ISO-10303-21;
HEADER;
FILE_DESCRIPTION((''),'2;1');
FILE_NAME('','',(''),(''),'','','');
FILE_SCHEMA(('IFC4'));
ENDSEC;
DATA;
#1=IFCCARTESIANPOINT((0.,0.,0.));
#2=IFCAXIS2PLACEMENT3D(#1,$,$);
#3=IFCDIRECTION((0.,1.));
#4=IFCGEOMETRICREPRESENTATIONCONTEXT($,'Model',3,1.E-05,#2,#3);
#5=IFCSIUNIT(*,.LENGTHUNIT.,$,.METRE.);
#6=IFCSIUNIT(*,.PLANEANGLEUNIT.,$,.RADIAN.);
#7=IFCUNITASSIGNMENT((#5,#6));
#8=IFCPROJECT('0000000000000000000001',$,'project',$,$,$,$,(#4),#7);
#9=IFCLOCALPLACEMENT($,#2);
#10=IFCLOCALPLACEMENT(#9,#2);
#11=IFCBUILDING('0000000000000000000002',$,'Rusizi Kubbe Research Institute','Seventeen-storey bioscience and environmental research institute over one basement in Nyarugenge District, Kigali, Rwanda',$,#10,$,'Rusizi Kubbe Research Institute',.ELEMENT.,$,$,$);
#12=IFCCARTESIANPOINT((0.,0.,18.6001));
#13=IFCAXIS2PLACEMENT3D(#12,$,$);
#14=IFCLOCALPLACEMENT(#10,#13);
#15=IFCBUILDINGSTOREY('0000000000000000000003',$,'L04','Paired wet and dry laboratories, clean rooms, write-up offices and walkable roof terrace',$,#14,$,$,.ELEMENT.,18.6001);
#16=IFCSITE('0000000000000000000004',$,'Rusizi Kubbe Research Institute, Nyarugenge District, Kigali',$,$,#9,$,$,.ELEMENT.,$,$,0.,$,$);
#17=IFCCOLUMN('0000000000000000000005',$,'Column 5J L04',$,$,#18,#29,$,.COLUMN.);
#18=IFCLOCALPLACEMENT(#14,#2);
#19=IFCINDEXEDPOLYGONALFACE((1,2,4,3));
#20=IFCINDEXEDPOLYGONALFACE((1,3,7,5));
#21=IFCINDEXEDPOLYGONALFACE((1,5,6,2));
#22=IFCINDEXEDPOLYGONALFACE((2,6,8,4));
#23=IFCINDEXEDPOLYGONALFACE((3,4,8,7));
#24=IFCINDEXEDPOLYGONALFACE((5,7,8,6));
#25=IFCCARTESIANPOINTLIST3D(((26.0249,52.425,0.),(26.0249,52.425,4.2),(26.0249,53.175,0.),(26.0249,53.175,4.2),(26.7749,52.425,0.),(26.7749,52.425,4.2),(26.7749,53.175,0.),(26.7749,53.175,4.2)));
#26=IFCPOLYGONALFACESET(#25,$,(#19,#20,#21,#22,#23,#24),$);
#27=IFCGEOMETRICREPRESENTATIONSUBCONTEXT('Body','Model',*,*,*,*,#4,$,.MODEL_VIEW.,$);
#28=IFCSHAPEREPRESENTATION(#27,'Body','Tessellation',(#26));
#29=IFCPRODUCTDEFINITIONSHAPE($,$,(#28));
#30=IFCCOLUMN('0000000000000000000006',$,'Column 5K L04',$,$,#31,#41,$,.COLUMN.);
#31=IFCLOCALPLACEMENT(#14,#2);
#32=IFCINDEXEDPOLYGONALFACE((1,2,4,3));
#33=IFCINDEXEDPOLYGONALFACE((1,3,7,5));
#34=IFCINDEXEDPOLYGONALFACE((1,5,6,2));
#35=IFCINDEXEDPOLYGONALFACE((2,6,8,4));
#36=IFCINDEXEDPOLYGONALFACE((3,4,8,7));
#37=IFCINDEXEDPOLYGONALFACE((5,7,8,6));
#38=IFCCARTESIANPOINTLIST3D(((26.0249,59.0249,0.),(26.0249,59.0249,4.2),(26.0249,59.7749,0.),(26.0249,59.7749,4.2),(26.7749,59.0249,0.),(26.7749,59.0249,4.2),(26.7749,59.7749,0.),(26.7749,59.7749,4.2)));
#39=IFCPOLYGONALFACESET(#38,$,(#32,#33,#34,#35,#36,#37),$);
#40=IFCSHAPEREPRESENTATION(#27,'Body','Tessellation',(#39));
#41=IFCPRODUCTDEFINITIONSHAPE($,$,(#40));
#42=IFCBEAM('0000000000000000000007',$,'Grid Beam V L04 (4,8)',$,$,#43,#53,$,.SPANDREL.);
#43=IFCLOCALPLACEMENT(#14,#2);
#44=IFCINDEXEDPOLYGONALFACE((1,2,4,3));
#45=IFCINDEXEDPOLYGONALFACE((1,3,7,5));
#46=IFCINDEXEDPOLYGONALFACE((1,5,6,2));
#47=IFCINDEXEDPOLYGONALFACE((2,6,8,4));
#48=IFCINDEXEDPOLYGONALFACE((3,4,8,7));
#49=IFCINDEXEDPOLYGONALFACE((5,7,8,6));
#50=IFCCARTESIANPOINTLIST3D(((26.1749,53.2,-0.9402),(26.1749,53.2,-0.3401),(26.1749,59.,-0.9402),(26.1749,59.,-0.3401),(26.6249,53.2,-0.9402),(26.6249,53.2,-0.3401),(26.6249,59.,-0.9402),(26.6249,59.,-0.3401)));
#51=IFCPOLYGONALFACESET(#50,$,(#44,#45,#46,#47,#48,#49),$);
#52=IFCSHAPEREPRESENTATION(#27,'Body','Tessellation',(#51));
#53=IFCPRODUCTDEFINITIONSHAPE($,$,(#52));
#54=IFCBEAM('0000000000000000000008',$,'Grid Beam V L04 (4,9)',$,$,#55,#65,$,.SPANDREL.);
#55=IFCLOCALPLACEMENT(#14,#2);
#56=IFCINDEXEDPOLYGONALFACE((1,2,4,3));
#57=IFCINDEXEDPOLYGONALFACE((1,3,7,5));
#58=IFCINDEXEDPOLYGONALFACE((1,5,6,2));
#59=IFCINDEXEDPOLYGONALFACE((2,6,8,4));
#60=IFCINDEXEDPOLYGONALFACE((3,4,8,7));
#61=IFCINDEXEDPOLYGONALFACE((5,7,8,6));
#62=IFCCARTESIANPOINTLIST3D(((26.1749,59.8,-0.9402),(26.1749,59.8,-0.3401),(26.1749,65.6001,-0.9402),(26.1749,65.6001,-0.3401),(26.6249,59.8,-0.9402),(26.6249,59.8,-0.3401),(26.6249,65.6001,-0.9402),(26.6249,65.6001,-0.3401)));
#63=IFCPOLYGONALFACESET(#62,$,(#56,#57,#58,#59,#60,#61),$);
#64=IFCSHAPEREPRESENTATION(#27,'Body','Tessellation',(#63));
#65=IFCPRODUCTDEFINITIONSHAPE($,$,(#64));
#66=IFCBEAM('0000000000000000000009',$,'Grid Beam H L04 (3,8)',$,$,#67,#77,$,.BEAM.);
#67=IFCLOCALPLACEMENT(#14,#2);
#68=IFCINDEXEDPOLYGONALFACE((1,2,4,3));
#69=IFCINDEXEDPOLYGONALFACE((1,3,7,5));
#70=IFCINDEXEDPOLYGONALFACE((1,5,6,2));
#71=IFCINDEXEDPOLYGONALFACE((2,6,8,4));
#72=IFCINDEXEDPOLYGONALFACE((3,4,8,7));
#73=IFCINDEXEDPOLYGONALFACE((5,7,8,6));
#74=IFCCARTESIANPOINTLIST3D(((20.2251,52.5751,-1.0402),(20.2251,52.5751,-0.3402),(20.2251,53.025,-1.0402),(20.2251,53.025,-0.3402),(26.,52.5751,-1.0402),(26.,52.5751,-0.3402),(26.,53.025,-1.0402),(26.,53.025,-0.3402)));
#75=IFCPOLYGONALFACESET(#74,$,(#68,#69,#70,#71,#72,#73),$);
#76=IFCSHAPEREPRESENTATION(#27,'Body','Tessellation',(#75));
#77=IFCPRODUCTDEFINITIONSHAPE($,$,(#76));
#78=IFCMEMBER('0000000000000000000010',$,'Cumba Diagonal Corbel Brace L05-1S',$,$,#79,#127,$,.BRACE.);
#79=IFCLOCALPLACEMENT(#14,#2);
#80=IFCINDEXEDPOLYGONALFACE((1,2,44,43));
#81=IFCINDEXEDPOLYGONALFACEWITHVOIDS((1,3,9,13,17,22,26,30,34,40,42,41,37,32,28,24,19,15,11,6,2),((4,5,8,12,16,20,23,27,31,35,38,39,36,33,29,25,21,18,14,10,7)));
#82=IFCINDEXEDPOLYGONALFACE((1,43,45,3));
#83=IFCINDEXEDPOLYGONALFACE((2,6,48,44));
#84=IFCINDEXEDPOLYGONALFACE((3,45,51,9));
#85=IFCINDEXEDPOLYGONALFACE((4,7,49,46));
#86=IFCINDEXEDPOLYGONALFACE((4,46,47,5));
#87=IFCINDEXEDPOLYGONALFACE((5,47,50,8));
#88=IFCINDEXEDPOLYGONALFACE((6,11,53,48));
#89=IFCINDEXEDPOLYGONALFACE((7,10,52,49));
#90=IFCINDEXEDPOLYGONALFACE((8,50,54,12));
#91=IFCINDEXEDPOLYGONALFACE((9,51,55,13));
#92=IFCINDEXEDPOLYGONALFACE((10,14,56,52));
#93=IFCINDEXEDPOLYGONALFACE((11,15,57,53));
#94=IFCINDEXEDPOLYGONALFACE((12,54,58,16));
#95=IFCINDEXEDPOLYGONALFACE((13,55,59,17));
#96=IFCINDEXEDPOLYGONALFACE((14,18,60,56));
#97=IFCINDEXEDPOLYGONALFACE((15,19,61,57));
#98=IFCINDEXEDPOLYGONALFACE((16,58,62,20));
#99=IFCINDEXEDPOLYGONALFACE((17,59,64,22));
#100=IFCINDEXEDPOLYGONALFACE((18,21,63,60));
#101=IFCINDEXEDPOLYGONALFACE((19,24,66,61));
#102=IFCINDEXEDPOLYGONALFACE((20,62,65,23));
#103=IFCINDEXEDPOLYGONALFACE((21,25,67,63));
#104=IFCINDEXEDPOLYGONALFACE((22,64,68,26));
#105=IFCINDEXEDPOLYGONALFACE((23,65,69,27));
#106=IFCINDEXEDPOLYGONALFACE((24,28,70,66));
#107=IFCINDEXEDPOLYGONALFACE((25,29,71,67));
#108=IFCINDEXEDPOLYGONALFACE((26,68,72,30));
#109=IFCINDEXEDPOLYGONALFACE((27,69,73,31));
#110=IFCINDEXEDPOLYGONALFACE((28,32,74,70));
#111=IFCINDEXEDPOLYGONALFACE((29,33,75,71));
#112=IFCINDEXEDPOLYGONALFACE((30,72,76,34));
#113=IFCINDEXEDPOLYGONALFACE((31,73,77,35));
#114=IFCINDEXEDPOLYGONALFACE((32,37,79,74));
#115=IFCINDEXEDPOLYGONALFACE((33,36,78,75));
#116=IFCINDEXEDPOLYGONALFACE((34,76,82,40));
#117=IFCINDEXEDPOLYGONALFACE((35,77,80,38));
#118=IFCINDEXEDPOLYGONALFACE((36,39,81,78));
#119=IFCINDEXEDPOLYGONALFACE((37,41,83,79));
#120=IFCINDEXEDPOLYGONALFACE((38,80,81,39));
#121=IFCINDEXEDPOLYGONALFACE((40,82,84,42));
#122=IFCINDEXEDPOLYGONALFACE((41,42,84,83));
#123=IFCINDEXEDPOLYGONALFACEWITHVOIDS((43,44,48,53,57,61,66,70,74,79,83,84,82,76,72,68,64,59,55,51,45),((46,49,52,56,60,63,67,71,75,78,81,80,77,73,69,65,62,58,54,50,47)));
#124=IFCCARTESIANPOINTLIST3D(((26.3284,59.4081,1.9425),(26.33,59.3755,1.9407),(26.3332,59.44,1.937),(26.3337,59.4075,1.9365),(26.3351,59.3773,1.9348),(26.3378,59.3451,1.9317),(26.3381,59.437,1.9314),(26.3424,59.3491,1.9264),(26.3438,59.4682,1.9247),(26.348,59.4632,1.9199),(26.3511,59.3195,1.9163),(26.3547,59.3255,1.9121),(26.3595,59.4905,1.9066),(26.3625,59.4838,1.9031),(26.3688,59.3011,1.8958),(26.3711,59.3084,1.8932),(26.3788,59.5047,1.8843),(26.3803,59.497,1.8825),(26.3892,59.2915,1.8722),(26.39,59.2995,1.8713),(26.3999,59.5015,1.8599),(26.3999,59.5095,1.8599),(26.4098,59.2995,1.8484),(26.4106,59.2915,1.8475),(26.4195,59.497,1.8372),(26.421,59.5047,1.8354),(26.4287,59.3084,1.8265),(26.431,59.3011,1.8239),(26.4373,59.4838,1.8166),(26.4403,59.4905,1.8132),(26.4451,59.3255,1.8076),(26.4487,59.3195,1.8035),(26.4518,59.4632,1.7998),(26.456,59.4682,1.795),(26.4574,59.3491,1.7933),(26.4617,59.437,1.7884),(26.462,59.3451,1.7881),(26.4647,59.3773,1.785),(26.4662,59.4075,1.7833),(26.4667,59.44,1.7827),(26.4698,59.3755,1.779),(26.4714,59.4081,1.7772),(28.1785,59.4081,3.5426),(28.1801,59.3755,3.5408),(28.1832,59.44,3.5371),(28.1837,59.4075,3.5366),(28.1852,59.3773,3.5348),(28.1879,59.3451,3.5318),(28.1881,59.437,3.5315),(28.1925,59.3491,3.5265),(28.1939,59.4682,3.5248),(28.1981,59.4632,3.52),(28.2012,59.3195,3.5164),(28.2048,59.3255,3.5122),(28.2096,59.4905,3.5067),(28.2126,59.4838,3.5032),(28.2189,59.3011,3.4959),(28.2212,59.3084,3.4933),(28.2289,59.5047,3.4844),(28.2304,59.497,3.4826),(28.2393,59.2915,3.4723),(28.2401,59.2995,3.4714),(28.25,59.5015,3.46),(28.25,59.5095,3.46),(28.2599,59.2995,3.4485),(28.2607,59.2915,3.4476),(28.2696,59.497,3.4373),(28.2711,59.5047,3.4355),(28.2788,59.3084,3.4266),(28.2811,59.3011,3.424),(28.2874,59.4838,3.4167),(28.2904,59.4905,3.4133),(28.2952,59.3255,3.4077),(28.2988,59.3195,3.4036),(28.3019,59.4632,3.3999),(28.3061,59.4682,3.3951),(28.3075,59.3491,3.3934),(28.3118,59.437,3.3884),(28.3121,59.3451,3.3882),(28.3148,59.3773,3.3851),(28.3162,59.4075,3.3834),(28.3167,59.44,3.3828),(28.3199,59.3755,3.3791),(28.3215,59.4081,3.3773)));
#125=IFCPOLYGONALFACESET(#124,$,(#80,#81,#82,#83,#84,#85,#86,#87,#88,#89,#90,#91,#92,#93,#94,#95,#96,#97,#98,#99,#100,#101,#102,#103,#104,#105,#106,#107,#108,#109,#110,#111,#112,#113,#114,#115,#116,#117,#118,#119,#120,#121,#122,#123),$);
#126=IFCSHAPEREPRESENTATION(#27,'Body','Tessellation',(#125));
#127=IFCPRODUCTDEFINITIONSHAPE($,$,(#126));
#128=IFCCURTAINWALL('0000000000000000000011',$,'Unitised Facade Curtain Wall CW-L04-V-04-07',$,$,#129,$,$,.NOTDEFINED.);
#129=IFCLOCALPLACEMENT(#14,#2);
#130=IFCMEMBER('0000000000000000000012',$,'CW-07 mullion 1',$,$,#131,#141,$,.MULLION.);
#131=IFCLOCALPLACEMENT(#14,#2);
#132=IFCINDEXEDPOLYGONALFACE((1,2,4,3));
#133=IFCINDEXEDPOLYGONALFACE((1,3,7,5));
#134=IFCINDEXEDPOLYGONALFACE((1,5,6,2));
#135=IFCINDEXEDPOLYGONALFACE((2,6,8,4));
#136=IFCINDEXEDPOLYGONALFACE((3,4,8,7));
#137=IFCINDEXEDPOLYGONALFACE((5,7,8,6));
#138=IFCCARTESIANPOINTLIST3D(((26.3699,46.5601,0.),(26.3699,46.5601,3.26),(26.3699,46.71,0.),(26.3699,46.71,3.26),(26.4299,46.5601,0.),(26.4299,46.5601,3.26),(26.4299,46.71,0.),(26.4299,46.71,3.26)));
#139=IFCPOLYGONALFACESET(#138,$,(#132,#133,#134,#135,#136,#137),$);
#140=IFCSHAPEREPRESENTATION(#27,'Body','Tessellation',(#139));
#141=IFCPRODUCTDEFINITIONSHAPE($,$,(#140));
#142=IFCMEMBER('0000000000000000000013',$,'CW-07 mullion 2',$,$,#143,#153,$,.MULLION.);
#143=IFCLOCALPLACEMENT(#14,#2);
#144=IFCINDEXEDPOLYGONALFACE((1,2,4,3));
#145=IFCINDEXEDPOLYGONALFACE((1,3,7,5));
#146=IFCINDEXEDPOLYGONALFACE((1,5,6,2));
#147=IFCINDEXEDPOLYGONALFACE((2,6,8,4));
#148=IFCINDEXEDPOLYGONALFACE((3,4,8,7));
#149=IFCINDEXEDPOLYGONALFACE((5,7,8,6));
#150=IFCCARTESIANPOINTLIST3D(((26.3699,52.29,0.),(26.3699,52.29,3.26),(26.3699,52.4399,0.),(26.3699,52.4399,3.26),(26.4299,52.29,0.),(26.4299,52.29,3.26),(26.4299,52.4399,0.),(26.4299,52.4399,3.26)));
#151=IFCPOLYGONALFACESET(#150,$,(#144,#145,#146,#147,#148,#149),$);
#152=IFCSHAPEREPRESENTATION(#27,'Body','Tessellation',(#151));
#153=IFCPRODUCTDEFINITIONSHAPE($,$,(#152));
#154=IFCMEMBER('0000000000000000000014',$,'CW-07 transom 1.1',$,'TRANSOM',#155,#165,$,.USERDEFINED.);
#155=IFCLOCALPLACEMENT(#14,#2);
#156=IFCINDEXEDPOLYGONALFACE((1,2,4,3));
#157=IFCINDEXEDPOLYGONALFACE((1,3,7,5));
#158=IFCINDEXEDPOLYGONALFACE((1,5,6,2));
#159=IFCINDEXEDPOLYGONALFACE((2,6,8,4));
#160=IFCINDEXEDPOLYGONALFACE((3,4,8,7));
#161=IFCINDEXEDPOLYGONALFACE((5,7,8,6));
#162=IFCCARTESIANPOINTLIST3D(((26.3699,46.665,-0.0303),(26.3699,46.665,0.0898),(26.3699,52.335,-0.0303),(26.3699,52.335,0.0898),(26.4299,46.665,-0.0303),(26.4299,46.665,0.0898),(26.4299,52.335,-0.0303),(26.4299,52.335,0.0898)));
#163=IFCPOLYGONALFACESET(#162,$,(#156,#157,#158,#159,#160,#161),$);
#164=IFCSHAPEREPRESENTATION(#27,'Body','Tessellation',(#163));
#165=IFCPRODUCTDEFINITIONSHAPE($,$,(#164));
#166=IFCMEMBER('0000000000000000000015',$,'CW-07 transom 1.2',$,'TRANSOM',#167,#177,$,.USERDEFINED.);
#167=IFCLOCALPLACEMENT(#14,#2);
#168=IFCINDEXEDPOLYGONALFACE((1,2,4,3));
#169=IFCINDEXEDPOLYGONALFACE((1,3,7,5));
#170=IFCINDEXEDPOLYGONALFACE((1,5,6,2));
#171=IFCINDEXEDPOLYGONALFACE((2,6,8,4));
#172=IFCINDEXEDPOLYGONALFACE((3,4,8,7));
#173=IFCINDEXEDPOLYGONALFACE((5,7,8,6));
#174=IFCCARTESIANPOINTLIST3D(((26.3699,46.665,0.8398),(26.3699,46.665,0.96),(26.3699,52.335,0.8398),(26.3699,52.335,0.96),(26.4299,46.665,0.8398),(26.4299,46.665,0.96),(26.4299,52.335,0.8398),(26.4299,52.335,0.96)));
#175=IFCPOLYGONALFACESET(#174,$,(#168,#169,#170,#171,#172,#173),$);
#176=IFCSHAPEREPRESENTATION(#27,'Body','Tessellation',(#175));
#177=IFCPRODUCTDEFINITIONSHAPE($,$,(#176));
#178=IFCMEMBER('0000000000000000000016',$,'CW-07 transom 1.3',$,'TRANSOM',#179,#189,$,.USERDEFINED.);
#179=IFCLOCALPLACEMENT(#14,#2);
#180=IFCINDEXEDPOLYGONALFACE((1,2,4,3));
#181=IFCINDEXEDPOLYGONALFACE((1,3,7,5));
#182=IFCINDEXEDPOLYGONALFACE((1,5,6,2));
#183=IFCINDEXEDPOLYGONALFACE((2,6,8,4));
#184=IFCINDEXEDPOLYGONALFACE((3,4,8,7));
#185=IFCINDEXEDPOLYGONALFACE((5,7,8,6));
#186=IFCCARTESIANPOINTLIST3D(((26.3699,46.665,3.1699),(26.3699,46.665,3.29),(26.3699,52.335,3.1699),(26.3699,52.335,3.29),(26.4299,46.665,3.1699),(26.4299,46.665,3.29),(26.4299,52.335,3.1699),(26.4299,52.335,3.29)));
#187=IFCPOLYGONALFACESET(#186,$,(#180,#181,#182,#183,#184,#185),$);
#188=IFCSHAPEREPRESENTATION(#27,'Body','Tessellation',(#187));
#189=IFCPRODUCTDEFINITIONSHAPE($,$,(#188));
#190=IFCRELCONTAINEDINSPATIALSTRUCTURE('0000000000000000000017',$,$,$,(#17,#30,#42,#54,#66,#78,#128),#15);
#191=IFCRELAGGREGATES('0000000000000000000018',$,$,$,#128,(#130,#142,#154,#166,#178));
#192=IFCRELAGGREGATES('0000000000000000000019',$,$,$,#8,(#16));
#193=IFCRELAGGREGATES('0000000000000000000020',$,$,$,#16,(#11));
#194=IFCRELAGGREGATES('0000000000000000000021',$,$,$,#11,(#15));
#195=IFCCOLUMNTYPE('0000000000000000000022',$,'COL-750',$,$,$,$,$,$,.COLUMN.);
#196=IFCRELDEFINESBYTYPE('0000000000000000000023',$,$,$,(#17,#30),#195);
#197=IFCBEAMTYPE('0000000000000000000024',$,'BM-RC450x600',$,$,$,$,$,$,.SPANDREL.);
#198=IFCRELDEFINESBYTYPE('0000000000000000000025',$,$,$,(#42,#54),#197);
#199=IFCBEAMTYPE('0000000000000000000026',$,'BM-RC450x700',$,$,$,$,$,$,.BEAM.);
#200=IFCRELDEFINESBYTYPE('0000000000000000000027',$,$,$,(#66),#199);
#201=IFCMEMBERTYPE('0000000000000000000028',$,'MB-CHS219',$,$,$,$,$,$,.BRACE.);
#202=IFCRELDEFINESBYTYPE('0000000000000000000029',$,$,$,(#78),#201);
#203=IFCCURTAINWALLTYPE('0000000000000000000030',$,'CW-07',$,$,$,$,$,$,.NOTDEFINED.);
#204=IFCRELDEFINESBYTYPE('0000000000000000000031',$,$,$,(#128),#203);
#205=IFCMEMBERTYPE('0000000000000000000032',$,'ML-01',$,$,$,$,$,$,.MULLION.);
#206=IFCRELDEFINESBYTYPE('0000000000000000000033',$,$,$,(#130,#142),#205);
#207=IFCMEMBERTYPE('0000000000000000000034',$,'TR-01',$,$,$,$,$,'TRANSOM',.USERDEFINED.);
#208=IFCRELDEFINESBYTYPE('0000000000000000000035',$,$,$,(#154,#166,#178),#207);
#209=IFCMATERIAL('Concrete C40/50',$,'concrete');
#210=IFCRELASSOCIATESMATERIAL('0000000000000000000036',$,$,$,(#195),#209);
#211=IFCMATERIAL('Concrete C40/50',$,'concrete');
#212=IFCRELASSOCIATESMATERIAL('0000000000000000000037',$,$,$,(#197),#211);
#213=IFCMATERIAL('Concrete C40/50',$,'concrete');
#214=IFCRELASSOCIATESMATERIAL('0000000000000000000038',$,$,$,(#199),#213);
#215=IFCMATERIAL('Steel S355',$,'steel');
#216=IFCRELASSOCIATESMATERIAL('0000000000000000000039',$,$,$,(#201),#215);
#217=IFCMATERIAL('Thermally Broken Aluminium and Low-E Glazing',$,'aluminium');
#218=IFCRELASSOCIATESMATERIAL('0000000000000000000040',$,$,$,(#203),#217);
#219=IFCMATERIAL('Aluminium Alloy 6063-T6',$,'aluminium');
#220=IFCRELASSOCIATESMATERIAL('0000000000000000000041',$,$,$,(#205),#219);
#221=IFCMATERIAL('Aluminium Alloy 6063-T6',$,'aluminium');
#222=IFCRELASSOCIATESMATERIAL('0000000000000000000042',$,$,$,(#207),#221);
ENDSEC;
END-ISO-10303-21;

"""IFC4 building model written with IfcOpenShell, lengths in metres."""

from ifc_helpers import new_model, si_unit, direction, frame, origin, origin_2d, place, context, subcontext, project, spatial, rectangle, hollow_circle, extrude, material, material_profile, profile_set, type_object, element, aggregate, save


model = new_model("IFC4")

# Units and contexts
model_context = context("Model", 3, precision=1e-05, world=origin(), true_north=direction((0.0, 1.0)))
body_context = subcontext(model_context, "Body", "Model", "MODEL_VIEW")
ifc_project = project(units=[si_unit("LENGTHUNIT", "METRE"), si_unit("PLANEANGLEUNIT", "RADIAN")], contexts=[model_context])

# Site, building, storey
site_placement = place(None, origin())
site = spatial("IfcSite", under=ifc_project, at=site_placement, Name="Rusizi Kubbe Research Institute, Nyarugenge District, Kigali", CompositionType="ELEMENT", RefElevation=0.0)
building_placement = place(site_placement, origin())
building = spatial("IfcBuilding", under=site, at=building_placement, Name="Rusizi Kubbe Research Institute", Description="Seventeen-storey bioscience and environmental research institute over one basement in Nyarugenge District, Kigali, Rwanda", LongName="Rusizi Kubbe Research Institute", CompositionType="ELEMENT")
storey_placement = place(building_placement, frame((0.0, 0.0, 18.6001)))
storey = spatial("IfcBuildingStorey", under=building, at=storey_placement, Name="L04", Description="Paired wet and dry laboratories, clean rooms, write-up offices and walkable roof terrace", CompositionType="ELEMENT", Elevation=18.6001)

# Columns
ifc_material_1 = material(Name="Concrete C40/50", Category="concrete")
ifc_material_profile_1 = material_profile(ifc_material_1, rectangle(XDim=0.75, YDim=0.75, at=origin_2d()), Name="RC750x750")
ifc_profile_set_1 = profile_set([ifc_material_profile_1], Name="Concrete C40/50")
column_type = type_object("IfcColumnType", Name="COL-750", PredefinedType="COLUMN", material=ifc_profile_set_1)
for number, where, z_axis, x_axis, name in (
    (1, (26.3999, 52.8, 0.0), (0.0, 0.0, 1.0), (1.0, 0.0, 0.0), "Column 5J L04"),
    (2, (26.3999, 59.3999, 0.0), (0.0, 0.0, 1.0), (1.0, 0.0, 0.0), "Column 5K L04"),
):
    element("IfcColumn", number, at=place(storey_placement, frame(where, z_axis=z_axis, x_axis=x_axis)), inside=storey, type_object=column_type, Name=name, PredefinedType="COLUMN", context=body_context, shape_type="SweptSolid", body=[
        extrude(rectangle(XDim=0.75, YDim=0.75, at=origin_2d()), origin(), (0.0, 0.0, 1.0), 4.2),
    ])

# Beams
ifc_material_2 = material(Name="Concrete C40/50", Category="concrete")
ifc_material_profile_2 = material_profile(ifc_material_2, rectangle(XDim=0.45, YDim=0.6001, at=origin_2d()), Name="RC450x600")
ifc_profile_set_2 = profile_set([ifc_material_profile_2], Name="Concrete C40/50")
beam_type_1 = type_object("IfcBeamType", Name="BM-RC450x600", PredefinedType="SPANDREL", material=ifc_profile_set_2)
for number, where, z_axis, x_axis, name in (
    (3, (26.3999, 53.2, -0.6401), (0.0, 1.0, 0.0), (-1.0, 0.0, 0.0), "Grid Beam V L04 (4,8)"),
    (4, (26.3999, 59.8, -0.6401), (0.0, 1.0, 0.0), (-1.0, 0.0, 0.0), "Grid Beam V L04 (4,9)"),
):
    element("IfcBeam", number, at=place(storey_placement, frame(where, z_axis=z_axis, x_axis=x_axis)), inside=storey, type_object=beam_type_1, Name=name, PredefinedType="SPANDREL", context=body_context, shape_type="SweptSolid", body=[
        extrude(rectangle(XDim=0.45, YDim=0.6001, at=origin_2d()), origin(), (0.0, 0.0, 1.0), 5.8),
    ])
ifc_material_3 = material(Name="Concrete C40/50", Category="concrete")
ifc_material_profile_3 = material_profile(ifc_material_3, rectangle(XDim=0.45, YDim=0.7, at=origin_2d()), Name="RC450x700B")
ifc_profile_set_3 = profile_set([ifc_material_profile_3], Name="Concrete C40/50")
beam_type_2 = type_object("IfcBeamType", Name="BM-RC450x700", PredefinedType="BEAM", material=ifc_profile_set_3)
beam_placement = place(storey_placement, frame((20.2251, 52.8, -0.6902), z_axis=(1.0, 0.0, 0.0), x_axis=(0.0, 1.0, 0.0)))
element("IfcBeam", 5, at=beam_placement, inside=storey, type_object=beam_type_2, Name="Grid Beam H L04 (3,8)", PredefinedType="BEAM", context=body_context, shape_type="SweptSolid", body=[
    extrude(rectangle(XDim=0.45, YDim=0.7, at=origin_2d()), origin(), (0.0, 0.0, 1.0), 5.7749),
])

# Member
ifc_material_4 = material(Name="Steel S355", Category="steel")
ifc_material_profile_4 = material_profile(ifc_material_4, hollow_circle(Radius=0.1096, WallThickness=0.0081, at=origin_2d()), Name="CHS 219.1x8.0")
ifc_profile_set_4 = profile_set([ifc_material_profile_4], Name="Steel S355")
member_type_1 = type_object("IfcMemberType", Name="MB-CHS219", PredefinedType="BRACE", material=ifc_profile_set_4)
member_1_placement = place(storey_placement, frame((26.3999, 59.3999, 1.8599), z_axis=(0.756361, 0.0, 0.654155), x_axis=(0.0, 1.0, 0.0)))
element("IfcMember", 6, at=member_1_placement, inside=storey, type_object=member_type_1, Name="Cumba Diagonal Corbel Brace L05-1S", PredefinedType="BRACE", context=body_context, shape_type="SweptSolid", body=[
    extrude(hollow_circle(Radius=0.1096, WallThickness=0.0081, at=origin_2d()), origin(), (0.0, 0.0, 1.0), 2.446),
])

# Curtain wall, members
ifc_material_5 = material(Name="Thermally Broken Aluminium and Low-E Glazing", Category="aluminium")
curtain_wall_type = type_object("IfcCurtainWallType", Name="CW-07", PredefinedType="NOTDEFINED", material=ifc_material_5)
curtain_wall_placement = place(storey_placement, origin())
curtain_wall = element("IfcCurtainWall", 7, at=curtain_wall_placement, inside=storey, type_object=curtain_wall_type, Name="Unitised Facade Curtain Wall CW-L04-V-04-07", PredefinedType="NOTDEFINED")
ifc_material_6 = material(Name="Aluminium Alloy 6063-T6", Category="aluminium")
ifc_material_profile_5 = material_profile(ifc_material_6, rectangle(XDim=0.0601, YDim=0.1499, at=origin_2d()), Name="ALU-M 60x150")
ifc_profile_set_5 = profile_set([ifc_material_profile_5], Name="Aluminium Alloy 6063-T6")
member_type_2 = type_object("IfcMemberType", Name="ML-01", PredefinedType="MULLION", material=ifc_profile_set_5)
member_2_placement = place(storey_placement, frame((26.3999, 46.635, 0.0), z_axis=(0.0, 0.0, 1.0), x_axis=(-1.0, 0.0, 0.0)))
member_2 = element("IfcMember", 8, at=member_2_placement, type_object=member_type_2, Name="CW-07 mullion 1", PredefinedType="MULLION", context=body_context, shape_type="SweptSolid", body=[
    extrude(rectangle(XDim=0.0601, YDim=0.1499, at=origin_2d()), origin(), (0.0, 0.0, 1.0), 3.26),
])
member_3_placement = place(storey_placement, frame((26.3999, 52.365, 0.0), z_axis=(0.0, 0.0, 1.0), x_axis=(-1.0, 0.0, 0.0)))
member_3 = element("IfcMember", 9, at=member_3_placement, type_object=member_type_2, Name="CW-07 mullion 2", PredefinedType="MULLION", context=body_context, shape_type="SweptSolid", body=[
    extrude(rectangle(XDim=0.0601, YDim=0.1499, at=origin_2d()), origin(), (0.0, 0.0, 1.0), 3.26),
])
ifc_material_7 = material(Name="Aluminium Alloy 6063-T6", Category="aluminium")
ifc_material_profile_6 = material_profile(ifc_material_7, rectangle(XDim=0.0601, YDim=0.1201, at=origin_2d()), Name="ALU-T 60x120")
ifc_profile_set_6 = profile_set([ifc_material_profile_6], Name="Aluminium Alloy 6063-T6")
member_type_3 = type_object("IfcMemberType", Name="TR-01", ElementType="TRANSOM", PredefinedType="USERDEFINED", material=ifc_profile_set_6)
member_4_placement = place(storey_placement, frame((26.3999, 46.665, 0.0298), z_axis=(0.0, 1.0, 0.0), x_axis=(-1.0, 0.0, 0.0)))
member_4 = element("IfcMember", 10, at=member_4_placement, type_object=member_type_3, Name="CW-07 transom 1.1", ObjectType="TRANSOM", PredefinedType="USERDEFINED", context=body_context, shape_type="SweptSolid", body=[
    extrude(rectangle(XDim=0.0601, YDim=0.1201, at=origin_2d()), origin(), (0.0, 0.0, 1.0), 5.6699),
])
member_5_placement = place(storey_placement, frame((26.3999, 46.665, 0.8999), z_axis=(0.0, 1.0, 0.0), x_axis=(-1.0, 0.0, 0.0)))
member_5 = element("IfcMember", 11, at=member_5_placement, type_object=member_type_3, Name="CW-07 transom 1.2", ObjectType="TRANSOM", PredefinedType="USERDEFINED", context=body_context, shape_type="SweptSolid", body=[
    extrude(rectangle(XDim=0.0601, YDim=0.1201, at=origin_2d()), origin(), (0.0, 0.0, 1.0), 5.6699),
])
member_6_placement = place(storey_placement, frame((26.3999, 46.665, 3.23), z_axis=(0.0, 1.0, 0.0), x_axis=(-1.0, 0.0, 0.0)))
member_6 = element("IfcMember", 12, at=member_6_placement, type_object=member_type_3, Name="CW-07 transom 1.3", ObjectType="TRANSOM", PredefinedType="USERDEFINED", context=body_context, shape_type="SweptSolid", body=[
    extrude(rectangle(XDim=0.0601, YDim=0.1201, at=origin_2d()), origin(), (0.0, 0.0, 1.0), 5.6699),
])
aggregate(curtain_wall, [member_2, member_3, member_4, member_5, member_6])

save(model, "model.ifc")
